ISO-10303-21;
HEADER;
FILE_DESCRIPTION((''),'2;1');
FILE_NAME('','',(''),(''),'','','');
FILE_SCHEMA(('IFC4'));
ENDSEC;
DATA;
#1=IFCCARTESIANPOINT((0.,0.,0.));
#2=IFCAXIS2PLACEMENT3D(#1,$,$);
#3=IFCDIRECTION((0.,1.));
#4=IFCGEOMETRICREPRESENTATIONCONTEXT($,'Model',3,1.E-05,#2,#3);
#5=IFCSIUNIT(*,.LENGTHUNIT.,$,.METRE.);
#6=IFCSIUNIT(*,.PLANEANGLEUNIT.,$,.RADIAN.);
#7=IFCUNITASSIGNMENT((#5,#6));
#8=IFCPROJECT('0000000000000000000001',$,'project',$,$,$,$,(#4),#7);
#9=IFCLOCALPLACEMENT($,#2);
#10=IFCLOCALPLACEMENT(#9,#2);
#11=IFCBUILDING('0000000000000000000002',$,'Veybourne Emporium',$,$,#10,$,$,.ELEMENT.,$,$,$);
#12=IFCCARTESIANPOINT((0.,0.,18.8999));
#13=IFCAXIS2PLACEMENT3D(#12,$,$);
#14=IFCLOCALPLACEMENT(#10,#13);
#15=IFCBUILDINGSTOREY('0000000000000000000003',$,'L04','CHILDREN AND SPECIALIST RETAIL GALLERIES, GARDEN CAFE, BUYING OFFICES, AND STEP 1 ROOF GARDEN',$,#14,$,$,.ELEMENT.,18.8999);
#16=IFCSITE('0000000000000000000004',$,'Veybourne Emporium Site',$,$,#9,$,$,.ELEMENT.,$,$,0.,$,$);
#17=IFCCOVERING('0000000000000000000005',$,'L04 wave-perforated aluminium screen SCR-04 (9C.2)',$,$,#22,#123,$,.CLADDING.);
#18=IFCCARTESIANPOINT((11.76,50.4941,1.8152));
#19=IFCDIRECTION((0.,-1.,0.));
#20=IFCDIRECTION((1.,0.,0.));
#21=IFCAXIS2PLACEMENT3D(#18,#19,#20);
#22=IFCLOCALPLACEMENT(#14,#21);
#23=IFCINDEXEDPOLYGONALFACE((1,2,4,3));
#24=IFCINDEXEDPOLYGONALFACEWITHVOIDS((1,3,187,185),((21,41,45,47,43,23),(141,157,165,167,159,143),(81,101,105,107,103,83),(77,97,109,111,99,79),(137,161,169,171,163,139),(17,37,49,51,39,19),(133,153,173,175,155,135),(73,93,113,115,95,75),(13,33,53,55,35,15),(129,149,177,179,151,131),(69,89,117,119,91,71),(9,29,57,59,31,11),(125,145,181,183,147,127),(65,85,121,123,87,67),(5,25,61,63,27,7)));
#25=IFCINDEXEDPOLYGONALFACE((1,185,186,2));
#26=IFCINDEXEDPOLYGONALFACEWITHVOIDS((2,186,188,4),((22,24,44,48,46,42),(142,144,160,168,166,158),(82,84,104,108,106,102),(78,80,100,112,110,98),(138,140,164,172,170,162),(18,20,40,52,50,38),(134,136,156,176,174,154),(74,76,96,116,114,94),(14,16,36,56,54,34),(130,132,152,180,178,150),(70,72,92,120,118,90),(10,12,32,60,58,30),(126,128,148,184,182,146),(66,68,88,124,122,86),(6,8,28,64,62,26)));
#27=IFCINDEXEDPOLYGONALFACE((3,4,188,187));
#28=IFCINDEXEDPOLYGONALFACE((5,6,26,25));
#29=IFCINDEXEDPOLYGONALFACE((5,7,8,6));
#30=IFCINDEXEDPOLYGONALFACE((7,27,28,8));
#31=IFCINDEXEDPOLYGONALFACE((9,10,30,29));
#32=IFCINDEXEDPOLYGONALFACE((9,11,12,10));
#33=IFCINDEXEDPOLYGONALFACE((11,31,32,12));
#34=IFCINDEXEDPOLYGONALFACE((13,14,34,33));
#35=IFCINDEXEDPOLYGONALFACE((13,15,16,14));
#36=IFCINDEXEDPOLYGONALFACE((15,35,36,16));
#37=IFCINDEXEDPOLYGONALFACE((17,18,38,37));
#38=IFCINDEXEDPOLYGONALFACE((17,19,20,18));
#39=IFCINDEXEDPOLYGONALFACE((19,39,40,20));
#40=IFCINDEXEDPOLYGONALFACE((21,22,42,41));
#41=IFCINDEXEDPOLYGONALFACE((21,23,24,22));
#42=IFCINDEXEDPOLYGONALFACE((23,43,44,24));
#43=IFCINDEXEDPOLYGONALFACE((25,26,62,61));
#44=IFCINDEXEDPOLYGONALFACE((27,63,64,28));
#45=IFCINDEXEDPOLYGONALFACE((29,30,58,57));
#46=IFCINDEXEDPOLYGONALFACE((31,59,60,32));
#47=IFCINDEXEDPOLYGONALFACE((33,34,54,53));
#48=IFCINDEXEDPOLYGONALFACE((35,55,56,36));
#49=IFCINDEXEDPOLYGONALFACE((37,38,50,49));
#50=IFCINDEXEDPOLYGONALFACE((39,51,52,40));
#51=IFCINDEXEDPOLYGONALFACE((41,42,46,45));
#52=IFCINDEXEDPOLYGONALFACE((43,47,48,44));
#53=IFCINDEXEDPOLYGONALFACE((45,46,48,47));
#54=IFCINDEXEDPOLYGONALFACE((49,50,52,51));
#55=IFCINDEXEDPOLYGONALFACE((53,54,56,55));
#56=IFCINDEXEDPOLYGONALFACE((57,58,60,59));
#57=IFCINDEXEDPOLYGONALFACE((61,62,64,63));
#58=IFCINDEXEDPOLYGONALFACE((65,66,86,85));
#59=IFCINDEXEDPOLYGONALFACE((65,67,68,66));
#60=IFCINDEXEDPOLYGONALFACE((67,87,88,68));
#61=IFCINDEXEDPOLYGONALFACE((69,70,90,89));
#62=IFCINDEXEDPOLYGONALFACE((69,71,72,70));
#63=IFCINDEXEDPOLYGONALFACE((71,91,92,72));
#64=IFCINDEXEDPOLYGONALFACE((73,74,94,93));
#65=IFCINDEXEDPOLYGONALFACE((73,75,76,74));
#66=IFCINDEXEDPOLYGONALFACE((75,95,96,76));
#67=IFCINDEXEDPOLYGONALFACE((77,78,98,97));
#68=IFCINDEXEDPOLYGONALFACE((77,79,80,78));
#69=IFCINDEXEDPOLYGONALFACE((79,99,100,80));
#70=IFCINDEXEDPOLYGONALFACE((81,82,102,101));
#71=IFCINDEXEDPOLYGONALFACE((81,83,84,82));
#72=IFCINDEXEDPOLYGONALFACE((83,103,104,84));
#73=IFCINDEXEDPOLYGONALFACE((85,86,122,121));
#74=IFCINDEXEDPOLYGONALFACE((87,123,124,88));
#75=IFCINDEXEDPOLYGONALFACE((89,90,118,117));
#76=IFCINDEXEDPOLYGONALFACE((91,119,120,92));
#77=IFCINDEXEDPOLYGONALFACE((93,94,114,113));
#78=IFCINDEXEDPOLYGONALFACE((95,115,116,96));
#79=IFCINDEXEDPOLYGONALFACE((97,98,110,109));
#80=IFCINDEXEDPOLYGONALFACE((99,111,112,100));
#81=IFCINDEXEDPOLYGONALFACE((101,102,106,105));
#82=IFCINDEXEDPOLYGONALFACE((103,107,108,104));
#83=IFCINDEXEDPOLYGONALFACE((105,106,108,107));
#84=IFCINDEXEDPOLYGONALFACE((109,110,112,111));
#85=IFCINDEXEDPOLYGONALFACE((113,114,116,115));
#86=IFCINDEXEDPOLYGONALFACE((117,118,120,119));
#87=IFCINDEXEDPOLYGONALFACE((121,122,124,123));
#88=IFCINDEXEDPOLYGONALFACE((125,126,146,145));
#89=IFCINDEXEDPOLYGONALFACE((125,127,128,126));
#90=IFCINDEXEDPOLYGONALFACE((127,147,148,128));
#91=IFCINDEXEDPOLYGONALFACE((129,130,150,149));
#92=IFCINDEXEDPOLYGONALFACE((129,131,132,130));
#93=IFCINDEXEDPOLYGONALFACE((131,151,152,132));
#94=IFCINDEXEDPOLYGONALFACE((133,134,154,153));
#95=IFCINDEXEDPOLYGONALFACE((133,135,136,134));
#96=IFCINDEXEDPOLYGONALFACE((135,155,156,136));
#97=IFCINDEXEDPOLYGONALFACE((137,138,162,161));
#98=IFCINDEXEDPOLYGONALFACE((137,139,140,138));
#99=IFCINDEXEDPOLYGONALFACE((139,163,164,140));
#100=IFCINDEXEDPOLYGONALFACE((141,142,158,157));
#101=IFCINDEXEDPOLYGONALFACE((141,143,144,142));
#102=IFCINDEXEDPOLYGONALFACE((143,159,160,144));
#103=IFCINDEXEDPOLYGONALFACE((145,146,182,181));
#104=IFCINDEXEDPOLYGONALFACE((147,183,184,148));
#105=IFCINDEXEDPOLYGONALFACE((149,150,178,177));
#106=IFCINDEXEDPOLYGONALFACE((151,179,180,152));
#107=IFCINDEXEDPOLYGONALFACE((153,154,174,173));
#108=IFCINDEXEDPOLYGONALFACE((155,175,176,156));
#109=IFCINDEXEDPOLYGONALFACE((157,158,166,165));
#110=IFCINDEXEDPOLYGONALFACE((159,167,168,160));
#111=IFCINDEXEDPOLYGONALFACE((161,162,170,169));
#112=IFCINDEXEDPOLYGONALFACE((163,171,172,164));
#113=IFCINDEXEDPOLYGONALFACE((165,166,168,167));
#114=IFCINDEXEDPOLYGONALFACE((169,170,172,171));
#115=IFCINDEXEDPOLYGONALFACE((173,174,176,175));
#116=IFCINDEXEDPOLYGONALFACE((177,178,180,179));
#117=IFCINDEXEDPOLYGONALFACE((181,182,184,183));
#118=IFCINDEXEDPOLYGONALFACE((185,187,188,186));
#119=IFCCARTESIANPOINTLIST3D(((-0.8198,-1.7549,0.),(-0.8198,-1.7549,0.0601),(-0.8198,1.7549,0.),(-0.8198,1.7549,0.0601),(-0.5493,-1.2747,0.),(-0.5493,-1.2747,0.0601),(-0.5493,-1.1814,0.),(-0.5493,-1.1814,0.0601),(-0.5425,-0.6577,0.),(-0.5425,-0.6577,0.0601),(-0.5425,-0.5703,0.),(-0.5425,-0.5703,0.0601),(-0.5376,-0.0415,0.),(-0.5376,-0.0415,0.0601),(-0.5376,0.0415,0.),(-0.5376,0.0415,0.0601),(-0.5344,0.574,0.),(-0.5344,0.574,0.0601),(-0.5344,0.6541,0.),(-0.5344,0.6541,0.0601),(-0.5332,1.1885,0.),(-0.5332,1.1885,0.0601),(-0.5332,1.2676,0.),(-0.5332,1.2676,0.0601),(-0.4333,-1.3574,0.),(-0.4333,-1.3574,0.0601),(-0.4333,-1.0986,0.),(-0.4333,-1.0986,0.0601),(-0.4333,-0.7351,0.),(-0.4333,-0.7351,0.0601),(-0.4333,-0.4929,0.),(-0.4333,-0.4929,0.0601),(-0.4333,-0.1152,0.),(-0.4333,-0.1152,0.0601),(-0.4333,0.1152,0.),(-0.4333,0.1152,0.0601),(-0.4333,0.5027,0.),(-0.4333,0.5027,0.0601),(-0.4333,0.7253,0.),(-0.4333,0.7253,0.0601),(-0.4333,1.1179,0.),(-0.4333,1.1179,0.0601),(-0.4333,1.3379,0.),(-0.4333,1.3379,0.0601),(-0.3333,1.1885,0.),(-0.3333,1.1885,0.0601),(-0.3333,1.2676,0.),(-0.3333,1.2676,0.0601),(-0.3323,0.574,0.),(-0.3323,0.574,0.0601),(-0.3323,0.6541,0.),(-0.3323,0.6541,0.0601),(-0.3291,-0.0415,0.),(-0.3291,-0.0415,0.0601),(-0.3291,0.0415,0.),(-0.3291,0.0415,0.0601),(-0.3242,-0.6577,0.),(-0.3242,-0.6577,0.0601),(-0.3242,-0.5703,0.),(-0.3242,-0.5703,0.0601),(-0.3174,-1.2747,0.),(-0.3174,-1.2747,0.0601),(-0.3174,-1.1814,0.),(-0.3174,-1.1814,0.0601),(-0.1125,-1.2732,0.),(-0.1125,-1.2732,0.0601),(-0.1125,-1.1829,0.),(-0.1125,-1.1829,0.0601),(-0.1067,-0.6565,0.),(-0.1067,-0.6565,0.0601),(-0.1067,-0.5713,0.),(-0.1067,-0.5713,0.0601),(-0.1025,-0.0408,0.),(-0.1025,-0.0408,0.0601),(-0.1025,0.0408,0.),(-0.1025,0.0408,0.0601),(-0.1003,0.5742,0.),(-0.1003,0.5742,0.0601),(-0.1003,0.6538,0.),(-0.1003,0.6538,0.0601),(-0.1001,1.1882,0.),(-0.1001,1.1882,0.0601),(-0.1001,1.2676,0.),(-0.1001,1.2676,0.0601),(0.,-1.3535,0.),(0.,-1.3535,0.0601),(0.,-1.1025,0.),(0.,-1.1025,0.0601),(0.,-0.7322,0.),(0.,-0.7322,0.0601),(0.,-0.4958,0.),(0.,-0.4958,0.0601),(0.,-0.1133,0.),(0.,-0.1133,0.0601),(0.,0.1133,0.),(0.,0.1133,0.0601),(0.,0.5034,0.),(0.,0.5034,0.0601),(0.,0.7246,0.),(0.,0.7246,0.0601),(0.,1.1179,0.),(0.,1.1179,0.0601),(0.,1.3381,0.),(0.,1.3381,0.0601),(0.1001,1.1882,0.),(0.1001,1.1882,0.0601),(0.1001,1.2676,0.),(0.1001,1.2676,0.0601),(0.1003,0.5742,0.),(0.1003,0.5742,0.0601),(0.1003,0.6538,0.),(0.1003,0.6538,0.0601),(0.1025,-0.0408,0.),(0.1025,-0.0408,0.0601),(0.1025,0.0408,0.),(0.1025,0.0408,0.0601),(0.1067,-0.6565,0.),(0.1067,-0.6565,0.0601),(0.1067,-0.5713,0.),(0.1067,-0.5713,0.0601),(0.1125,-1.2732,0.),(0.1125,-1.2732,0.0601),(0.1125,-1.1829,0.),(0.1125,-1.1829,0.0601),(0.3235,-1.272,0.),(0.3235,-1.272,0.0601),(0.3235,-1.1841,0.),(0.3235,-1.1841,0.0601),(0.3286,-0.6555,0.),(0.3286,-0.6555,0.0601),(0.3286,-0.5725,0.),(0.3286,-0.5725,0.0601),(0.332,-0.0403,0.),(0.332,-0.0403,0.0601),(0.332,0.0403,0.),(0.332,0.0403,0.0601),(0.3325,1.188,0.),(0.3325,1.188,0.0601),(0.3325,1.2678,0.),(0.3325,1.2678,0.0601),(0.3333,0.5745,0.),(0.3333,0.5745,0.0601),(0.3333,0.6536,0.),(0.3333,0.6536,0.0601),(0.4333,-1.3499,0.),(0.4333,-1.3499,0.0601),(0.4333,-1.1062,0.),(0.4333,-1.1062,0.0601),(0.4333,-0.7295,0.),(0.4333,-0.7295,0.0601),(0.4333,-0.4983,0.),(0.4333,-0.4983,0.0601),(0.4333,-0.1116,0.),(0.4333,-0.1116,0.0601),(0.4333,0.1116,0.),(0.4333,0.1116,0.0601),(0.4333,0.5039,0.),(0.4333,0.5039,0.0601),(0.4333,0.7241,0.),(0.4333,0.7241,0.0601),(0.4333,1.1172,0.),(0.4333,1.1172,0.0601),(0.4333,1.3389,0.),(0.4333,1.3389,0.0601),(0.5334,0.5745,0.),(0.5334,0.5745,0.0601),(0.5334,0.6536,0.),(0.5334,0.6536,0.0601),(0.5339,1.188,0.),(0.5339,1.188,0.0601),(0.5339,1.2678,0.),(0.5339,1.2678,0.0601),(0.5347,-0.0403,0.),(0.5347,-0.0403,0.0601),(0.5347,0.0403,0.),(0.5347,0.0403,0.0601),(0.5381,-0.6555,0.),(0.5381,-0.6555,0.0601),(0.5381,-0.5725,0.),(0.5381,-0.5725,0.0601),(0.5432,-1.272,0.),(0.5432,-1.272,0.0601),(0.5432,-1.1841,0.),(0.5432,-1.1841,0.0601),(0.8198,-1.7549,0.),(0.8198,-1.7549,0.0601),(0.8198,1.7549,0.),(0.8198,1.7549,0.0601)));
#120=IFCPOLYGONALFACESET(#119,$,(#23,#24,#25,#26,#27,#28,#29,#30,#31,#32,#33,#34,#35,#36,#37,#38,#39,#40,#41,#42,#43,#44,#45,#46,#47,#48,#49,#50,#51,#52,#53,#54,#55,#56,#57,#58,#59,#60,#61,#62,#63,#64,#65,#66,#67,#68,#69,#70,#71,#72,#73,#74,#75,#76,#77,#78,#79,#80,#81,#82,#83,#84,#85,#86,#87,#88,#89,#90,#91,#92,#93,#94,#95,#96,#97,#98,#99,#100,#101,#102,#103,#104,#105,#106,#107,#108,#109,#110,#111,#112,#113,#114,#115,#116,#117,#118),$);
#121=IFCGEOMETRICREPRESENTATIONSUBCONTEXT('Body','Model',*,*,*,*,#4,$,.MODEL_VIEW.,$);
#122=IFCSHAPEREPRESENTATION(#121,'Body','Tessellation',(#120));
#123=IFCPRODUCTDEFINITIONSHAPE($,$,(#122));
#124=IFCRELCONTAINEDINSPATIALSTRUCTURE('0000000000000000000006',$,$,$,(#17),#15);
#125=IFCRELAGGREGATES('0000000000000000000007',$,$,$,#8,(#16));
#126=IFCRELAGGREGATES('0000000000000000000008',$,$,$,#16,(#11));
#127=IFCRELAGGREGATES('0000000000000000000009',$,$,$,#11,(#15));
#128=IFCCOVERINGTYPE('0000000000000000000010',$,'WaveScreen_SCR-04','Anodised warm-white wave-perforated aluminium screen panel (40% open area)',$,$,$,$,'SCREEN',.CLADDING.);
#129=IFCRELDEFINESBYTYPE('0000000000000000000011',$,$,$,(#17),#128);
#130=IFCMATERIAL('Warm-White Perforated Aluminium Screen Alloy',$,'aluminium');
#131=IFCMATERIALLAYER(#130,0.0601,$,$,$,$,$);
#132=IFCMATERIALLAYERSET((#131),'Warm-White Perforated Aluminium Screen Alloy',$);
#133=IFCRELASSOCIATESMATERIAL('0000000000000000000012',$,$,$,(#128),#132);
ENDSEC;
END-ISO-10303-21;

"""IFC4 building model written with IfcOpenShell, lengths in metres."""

from ifc_helpers import new_model, si_unit, direction, frame, origin, place, context, subcontext, project, spatial, polyline, outline, extrude, material, layer, layer_set, type_object, element, save


model = new_model("IFC4")

# Units and contexts
model_context = context("Model", 3, precision=1e-05, world=origin(), true_north=direction((0.0, 1.0)))
body_context = subcontext(model_context, "Body", "Model", "MODEL_VIEW")
ifc_project = project(units=[si_unit("LENGTHUNIT", "METRE"), si_unit("PLANEANGLEUNIT", "RADIAN")], contexts=[model_context])

# Site, building, storey
site_placement = place(None, origin())
site = spatial("IfcSite", under=ifc_project, at=site_placement, Name="Veybourne Emporium Site", CompositionType="ELEMENT", RefElevation=0.0)
building_placement = place(site_placement, origin())
building = spatial("IfcBuilding", under=site, at=building_placement, Name="Veybourne Emporium", CompositionType="ELEMENT")
storey_placement = place(building_placement, frame((0.0, 0.0, 18.8999)))
storey = spatial("IfcBuildingStorey", under=building, at=storey_placement, Name="L04", Description="CHILDREN AND SPECIALIST RETAIL GALLERIES, GARDEN CAFE, BUYING OFFICES, AND STEP 1 ROOF GARDEN", CompositionType="ELEMENT", Elevation=18.8999)

# Covering
ifc_material_1 = material(Name="Warm-White Perforated Aluminium Screen Alloy", Category="aluminium")
ifc_layer_1 = layer(ifc_material_1, 0.0601)
ifc_layer_set_1 = layer_set([ifc_layer_1], Name="Warm-White Perforated Aluminium Screen Alloy")
covering_type_1 = type_object("IfcCoveringType", Name="WaveScreen_SCR-04", Description="Anodised warm-white wave-perforated aluminium screen panel (40% open area)", ElementType="SCREEN", PredefinedType="CLADDING", material=ifc_layer_set_1)
covering_1_placement = place(storey_placement, frame((11.76, 50.4941, 1.8152), z_axis=(0.0, -1.0, 0.0), x_axis=(1.0, 0.0, 0.0)))
element("IfcCovering", 1, at=covering_1_placement, inside=storey, type_object=covering_type_1, Name="L04 wave-perforated aluminium screen SCR-04 (9C.2)", PredefinedType="CLADDING", context=body_context, shape_type="SweptSolid", body=[
    extrude(outline(polyline([(-0.8198, -1.7549), (0.8198, -1.7549), (0.8198, 1.7549), (-0.8198, 1.7549), (-0.8198, -1.7549)]), holes=[polyline([(-0.4333, -1.0986), (-0.3174, -1.1814), (-0.3174, -1.2747), (-0.4333, -1.3574), (-0.5493, -1.2747), (-0.5493, -1.1814), (-0.4333, -1.0986)]), polyline([(-0.4333, -0.4929), (-0.3242, -0.5703), (-0.3242, -0.6577), (-0.4333, -0.7351), (-0.5425, -0.6577), (-0.5425, -0.5703), (-0.4333, -0.4929)]), polyline([(-0.4333, 0.1152), (-0.3291, 0.0415), (-0.3291, -0.0415), (-0.4333, -0.1152), (-0.5376, -0.0415), (-0.5376, 0.0415), (-0.4333, 0.1152)]), polyline([(-0.4333, 0.7253), (-0.3323, 0.6541), (-0.3323, 0.574), (-0.4333, 0.5027), (-0.5344, 0.574), (-0.5344, 0.6541), (-0.4333, 0.7253)]), polyline([(-0.4333, 1.3379), (-0.3333, 1.2676), (-0.3333, 1.1885), (-0.4333, 1.1179), (-0.5332, 1.1885), (-0.5332, 1.2676), (-0.4333, 1.3379)]), polyline([(0.0, -1.1025), (0.1125, -1.1829), (0.1125, -1.2732), (0.0, -1.3535), (-0.1125, -1.2732), (-0.1125, -1.1829), (0.0, -1.1025)]), polyline([(0.0, -0.4958), (0.1067, -0.5713), (0.1067, -0.6565), (0.0, -0.7322), (-0.1067, -0.6565), (-0.1067, -0.5713), (0.0, -0.4958)]), polyline([(0.0, 0.1133), (0.1025, 0.0408), (0.1025, -0.0408), (0.0, -0.1133), (-0.1025, -0.0408), (-0.1025, 0.0408), (0.0, 0.1133)]), polyline([(0.0, 0.7246), (0.1003, 0.6538), (0.1003, 0.5742), (0.0, 0.5034), (-0.1003, 0.5742), (-0.1003, 0.6538), (0.0, 0.7246)]), polyline([(0.0, 1.3381), (0.1001, 1.2676), (0.1001, 1.1882), (0.0, 1.1179), (-0.1001, 1.1882), (-0.1001, 1.2676), (0.0, 1.3381)]), polyline([(0.4333, -1.1062), (0.5432, -1.1841), (0.5432, -1.272), (0.4333, -1.3499), (0.3235, -1.272), (0.3235, -1.1841), (0.4333, -1.1062)]), polyline([(0.4333, -0.4983), (0.5381, -0.5725), (0.5381, -0.6555), (0.4333, -0.7295), (0.3286, -0.6555), (0.3286, -0.5725), (0.4333, -0.4983)]), polyline([(0.4333, 0.1116), (0.5347, 0.0403), (0.5347, -0.0403), (0.4333, -0.1116), (0.332, -0.0403), (0.332, 0.0403), (0.4333, 0.1116)]), polyline([(0.4333, 0.7241), (0.5334, 0.6536), (0.5334, 0.5745), (0.4333, 0.5039), (0.3333, 0.5745), (0.3333, 0.6536), (0.4333, 0.7241)]), polyline([(0.4333, 1.3389), (0.5339, 1.2678), (0.5339, 1.188), (0.4333, 1.1172), (0.3325, 1.188), (0.3325, 1.2678), (0.4333, 1.3389)])]), origin(), (0.0, 0.0, 1.0), 0.0601),
])

save(model, "model.ifc")
